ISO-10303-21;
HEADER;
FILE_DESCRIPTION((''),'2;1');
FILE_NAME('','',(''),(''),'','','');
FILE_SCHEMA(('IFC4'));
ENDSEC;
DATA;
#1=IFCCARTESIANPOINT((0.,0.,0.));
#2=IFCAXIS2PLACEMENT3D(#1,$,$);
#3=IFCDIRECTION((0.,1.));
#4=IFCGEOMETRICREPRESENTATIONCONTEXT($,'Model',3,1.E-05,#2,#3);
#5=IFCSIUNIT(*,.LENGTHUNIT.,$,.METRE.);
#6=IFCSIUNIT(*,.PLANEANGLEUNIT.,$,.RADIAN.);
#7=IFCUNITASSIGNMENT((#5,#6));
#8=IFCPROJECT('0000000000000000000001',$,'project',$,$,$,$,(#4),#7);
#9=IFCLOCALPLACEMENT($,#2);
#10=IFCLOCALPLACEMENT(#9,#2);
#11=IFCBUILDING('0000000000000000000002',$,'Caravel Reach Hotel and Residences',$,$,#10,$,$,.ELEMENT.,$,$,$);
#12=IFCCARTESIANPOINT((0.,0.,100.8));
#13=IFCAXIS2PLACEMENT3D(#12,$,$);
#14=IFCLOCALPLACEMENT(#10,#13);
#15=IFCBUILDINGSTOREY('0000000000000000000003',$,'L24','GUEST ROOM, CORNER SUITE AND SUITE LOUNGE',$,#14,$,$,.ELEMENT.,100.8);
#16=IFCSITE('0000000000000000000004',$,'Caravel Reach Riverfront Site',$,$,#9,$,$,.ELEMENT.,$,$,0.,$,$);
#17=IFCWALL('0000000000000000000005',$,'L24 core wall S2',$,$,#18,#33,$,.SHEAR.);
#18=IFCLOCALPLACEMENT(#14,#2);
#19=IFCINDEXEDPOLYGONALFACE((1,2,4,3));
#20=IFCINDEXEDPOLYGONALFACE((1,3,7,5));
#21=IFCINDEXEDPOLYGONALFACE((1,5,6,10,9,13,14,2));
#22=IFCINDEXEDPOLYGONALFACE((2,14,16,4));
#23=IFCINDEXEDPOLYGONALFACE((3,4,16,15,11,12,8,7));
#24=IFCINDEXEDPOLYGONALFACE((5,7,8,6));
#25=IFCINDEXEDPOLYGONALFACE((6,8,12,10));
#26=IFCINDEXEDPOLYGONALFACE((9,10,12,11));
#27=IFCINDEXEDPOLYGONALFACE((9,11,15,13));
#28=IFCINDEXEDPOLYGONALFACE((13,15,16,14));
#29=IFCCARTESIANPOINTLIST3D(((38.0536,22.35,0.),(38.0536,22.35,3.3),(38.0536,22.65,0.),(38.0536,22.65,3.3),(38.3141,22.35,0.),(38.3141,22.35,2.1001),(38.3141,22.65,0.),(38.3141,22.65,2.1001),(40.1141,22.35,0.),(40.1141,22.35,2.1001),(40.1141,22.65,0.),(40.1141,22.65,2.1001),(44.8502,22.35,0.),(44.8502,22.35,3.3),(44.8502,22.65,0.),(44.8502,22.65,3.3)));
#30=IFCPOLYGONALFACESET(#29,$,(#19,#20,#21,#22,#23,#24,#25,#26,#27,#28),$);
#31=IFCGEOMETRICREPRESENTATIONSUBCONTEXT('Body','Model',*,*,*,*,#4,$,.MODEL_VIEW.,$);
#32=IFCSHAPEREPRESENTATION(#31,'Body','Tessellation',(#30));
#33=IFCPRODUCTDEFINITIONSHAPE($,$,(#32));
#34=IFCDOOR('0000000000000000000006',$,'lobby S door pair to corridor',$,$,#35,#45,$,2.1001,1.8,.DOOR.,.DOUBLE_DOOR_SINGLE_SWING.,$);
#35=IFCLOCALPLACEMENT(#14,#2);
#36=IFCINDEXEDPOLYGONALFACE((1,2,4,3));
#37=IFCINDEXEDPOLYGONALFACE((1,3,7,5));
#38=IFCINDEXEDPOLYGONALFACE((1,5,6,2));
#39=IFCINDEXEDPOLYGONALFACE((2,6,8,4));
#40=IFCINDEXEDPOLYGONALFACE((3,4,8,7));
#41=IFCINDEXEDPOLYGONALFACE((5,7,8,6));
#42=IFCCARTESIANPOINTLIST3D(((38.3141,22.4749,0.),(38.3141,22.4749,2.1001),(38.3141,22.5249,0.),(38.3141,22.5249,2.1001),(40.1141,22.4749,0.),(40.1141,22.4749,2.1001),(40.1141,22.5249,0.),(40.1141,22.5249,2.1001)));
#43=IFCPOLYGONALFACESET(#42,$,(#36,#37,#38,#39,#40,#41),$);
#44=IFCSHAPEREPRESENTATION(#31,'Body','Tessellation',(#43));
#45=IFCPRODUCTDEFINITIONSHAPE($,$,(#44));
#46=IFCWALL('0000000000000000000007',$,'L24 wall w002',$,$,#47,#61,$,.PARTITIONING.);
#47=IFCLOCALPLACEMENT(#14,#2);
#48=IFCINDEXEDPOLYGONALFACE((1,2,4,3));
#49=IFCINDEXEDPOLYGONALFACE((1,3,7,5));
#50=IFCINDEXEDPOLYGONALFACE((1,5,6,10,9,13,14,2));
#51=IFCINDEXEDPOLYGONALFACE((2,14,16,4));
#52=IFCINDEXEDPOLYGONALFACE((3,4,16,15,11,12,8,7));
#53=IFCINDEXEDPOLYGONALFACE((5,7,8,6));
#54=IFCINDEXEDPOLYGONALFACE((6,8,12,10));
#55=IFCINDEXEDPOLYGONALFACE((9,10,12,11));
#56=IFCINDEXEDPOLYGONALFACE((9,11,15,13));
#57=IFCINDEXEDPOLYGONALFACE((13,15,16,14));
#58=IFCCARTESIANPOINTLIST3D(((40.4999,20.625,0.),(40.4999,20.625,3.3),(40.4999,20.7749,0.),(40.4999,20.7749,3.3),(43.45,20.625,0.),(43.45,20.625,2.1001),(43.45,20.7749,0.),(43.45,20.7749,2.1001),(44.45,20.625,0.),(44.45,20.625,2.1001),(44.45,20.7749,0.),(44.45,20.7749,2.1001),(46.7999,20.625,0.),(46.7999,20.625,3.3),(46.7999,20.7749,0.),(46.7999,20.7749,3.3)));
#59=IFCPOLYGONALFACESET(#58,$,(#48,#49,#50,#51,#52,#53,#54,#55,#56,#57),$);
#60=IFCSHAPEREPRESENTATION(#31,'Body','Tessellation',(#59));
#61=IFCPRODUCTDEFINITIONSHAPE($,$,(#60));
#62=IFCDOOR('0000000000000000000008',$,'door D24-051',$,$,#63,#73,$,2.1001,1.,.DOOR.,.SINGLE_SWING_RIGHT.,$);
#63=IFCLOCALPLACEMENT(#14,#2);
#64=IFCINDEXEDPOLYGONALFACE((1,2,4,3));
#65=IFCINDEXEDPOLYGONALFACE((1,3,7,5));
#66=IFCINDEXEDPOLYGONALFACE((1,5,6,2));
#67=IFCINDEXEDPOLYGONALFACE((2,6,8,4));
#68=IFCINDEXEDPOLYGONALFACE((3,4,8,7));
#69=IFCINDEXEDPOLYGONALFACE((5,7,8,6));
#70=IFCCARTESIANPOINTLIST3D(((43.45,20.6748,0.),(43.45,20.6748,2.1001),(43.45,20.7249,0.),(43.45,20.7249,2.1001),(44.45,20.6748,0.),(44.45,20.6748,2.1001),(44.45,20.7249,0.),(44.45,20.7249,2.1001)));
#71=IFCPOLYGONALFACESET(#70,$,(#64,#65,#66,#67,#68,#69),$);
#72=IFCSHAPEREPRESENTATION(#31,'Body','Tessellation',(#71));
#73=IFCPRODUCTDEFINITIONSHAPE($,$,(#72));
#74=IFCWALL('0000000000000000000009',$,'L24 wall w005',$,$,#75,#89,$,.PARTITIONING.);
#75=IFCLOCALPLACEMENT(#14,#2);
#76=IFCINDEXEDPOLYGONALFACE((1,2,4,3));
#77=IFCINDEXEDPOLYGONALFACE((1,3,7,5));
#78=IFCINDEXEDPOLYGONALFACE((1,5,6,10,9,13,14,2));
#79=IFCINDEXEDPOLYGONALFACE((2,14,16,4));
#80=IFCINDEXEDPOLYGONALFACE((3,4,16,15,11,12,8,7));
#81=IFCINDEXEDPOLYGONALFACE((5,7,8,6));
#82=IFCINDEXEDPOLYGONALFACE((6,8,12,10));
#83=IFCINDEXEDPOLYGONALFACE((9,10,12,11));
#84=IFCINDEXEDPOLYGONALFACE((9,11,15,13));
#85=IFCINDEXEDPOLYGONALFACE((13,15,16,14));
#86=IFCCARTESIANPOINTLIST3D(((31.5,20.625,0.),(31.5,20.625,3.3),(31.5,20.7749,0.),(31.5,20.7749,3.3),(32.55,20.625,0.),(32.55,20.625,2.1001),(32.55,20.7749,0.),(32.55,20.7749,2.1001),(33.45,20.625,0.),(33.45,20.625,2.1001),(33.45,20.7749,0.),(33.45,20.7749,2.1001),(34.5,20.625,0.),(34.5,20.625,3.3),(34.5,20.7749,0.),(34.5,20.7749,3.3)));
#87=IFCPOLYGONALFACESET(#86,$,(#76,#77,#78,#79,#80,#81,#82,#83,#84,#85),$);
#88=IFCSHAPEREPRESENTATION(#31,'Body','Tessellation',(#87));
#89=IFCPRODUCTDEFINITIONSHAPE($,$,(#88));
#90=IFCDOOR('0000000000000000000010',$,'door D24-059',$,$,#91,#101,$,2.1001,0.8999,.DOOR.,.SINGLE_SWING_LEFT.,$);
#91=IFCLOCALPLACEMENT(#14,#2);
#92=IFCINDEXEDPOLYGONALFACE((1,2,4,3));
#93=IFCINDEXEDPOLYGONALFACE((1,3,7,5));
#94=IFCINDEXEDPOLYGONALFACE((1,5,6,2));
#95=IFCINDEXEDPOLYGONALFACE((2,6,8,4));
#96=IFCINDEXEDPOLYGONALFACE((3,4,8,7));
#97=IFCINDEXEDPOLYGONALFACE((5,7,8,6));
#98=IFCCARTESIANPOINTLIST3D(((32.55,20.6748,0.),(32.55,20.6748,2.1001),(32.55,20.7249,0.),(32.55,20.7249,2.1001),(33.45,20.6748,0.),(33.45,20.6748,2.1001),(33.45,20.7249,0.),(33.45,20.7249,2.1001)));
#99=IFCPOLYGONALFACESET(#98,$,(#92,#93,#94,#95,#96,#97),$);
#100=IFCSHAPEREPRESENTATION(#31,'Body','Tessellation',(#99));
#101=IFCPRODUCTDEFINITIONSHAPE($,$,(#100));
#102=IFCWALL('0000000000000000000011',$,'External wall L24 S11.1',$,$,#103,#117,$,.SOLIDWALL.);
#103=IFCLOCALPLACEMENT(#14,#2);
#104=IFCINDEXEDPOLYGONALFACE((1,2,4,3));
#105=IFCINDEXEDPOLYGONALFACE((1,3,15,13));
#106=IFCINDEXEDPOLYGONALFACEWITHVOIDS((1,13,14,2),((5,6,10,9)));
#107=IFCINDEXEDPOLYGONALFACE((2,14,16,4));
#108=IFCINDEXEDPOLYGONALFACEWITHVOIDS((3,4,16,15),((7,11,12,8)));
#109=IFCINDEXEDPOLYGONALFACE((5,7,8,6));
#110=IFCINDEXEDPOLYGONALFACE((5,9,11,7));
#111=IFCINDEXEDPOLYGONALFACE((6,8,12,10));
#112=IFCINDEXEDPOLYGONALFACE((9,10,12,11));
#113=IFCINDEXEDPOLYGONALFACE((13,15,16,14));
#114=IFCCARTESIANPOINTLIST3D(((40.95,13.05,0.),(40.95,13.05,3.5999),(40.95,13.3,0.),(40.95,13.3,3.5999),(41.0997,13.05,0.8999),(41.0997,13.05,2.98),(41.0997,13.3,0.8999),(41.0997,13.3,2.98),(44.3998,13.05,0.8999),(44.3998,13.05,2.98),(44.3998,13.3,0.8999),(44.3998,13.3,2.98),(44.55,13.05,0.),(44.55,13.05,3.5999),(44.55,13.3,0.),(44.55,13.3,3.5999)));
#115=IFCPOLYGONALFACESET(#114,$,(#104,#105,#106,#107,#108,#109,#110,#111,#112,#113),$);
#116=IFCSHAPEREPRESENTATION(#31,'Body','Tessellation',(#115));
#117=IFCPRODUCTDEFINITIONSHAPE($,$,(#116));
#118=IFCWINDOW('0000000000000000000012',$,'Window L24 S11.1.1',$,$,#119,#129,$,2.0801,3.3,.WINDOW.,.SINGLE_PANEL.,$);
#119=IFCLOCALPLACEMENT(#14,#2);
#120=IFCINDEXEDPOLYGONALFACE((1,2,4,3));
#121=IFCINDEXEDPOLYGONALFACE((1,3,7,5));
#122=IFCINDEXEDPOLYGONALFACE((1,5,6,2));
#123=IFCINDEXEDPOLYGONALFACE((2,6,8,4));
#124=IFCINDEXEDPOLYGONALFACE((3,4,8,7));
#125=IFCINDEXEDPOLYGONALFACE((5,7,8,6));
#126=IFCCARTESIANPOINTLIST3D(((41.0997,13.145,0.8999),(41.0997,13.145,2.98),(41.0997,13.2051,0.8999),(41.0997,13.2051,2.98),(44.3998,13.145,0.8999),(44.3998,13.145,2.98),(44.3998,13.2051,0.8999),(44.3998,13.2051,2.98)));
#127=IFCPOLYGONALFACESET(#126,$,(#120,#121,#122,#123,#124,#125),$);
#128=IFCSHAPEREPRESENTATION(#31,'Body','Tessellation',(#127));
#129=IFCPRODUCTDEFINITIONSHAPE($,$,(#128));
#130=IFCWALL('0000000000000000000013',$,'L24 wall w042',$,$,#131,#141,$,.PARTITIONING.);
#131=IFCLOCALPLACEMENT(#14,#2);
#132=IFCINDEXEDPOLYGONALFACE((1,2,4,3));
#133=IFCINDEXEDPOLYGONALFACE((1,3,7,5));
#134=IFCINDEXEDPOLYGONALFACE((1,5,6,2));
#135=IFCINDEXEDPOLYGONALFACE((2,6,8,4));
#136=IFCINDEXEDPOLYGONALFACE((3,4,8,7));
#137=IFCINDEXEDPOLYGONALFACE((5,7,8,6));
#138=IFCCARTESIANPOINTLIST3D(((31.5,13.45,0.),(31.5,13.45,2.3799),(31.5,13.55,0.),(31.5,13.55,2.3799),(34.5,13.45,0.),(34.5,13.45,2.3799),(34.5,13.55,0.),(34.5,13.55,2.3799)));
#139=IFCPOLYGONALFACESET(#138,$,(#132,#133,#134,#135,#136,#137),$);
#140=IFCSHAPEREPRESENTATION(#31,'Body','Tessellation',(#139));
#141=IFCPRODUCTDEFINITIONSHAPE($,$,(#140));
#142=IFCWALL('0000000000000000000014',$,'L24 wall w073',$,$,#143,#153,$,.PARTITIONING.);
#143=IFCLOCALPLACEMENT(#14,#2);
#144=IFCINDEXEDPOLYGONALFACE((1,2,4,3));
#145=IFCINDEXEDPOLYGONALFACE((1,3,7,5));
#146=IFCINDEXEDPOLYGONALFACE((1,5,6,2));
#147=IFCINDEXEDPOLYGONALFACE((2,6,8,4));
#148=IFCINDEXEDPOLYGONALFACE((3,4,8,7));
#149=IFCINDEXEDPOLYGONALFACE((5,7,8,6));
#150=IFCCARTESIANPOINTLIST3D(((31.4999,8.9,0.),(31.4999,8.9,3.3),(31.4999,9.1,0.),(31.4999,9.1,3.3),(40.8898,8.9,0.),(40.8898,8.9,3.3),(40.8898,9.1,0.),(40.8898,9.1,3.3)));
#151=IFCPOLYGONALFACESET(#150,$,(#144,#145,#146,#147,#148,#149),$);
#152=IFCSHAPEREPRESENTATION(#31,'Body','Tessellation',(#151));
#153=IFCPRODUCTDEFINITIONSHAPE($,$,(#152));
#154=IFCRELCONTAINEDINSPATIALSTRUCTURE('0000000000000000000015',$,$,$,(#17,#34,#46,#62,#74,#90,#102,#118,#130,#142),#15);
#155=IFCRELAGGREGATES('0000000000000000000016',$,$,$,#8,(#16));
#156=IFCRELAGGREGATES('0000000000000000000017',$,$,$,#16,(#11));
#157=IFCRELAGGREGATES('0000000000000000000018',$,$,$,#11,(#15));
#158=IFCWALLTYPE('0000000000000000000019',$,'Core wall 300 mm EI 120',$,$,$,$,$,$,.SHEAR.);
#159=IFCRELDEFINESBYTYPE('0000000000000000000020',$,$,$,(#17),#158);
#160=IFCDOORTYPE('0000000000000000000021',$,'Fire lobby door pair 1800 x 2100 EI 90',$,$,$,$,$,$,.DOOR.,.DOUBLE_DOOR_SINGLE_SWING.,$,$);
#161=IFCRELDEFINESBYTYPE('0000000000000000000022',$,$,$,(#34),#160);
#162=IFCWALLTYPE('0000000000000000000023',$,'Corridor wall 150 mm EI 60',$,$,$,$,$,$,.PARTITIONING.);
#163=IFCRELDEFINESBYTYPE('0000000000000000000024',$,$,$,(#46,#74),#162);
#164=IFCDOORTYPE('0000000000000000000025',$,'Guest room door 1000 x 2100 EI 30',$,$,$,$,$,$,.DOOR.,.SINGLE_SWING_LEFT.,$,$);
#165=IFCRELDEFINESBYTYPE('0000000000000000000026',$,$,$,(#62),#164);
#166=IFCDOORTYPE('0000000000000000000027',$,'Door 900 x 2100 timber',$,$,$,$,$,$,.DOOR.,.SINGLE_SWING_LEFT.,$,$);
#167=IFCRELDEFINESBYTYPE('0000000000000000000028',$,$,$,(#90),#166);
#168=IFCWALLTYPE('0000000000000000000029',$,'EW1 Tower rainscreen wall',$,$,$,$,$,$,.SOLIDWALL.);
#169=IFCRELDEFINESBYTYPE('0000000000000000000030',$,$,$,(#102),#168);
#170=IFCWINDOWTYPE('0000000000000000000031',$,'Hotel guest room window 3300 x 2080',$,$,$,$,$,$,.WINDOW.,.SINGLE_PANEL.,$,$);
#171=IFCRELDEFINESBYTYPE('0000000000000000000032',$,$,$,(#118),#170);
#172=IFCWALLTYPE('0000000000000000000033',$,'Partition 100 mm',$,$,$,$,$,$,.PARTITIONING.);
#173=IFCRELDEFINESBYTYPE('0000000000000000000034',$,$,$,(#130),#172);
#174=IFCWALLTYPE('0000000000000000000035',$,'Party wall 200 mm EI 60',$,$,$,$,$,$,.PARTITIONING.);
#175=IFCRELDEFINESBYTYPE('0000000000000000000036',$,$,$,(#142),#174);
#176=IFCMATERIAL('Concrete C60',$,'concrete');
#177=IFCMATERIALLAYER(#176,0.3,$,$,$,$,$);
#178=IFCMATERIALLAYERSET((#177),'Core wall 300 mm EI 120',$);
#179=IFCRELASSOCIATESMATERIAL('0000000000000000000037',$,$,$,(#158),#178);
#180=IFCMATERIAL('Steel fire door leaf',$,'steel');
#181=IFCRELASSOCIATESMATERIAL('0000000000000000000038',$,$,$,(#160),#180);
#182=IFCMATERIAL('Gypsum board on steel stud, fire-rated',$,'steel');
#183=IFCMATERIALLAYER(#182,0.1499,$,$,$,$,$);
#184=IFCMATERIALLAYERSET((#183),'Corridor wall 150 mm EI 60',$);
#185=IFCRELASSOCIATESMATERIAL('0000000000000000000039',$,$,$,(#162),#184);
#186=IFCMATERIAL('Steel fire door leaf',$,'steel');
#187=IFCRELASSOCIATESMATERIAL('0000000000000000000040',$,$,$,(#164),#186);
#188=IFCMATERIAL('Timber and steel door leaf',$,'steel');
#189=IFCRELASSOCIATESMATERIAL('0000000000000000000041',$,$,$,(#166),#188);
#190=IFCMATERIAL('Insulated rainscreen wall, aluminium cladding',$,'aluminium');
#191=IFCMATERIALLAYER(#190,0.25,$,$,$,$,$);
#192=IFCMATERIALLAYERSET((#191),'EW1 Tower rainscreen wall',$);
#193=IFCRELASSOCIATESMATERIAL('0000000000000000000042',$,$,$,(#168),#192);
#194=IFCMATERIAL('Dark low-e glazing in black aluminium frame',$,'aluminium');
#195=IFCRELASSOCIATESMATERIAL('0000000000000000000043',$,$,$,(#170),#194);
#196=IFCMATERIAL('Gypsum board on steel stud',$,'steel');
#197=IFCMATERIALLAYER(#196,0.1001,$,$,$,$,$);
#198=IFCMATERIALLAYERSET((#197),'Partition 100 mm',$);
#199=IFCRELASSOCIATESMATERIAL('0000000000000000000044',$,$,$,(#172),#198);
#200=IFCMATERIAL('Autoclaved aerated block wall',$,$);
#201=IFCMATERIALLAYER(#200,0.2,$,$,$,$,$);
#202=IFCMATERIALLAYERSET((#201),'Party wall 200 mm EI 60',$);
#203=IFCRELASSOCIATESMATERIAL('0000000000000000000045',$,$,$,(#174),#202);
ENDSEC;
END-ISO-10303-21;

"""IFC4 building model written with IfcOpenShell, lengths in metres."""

from ifc_helpers import new_model, si_unit, direction, frame, frame_2d, origin, place, context, subcontext, project, spatial, rectangle, extrude, material, layer, layer_set, type_object, element, fill, save


model = new_model("IFC4")

# Units and contexts
model_context = context("Model", 3, precision=1e-05, world=origin(), true_north=direction((0.0, 1.0)))
body_context = subcontext(model_context, "Body", "Model", "MODEL_VIEW")
ifc_project = project(units=[si_unit("LENGTHUNIT", "METRE"), si_unit("PLANEANGLEUNIT", "RADIAN")], contexts=[model_context])

# Site, building, storey
site_placement = place(None, origin())
site = spatial("IfcSite", under=ifc_project, at=site_placement, Name="Caravel Reach Riverfront Site", CompositionType="ELEMENT", RefElevation=0.0)
building_placement = place(site_placement, origin())
building = spatial("IfcBuilding", under=site, at=building_placement, Name="Caravel Reach Hotel and Residences", CompositionType="ELEMENT")
storey_placement = place(building_placement, frame((0.0, 0.0, 100.8)))
storey = spatial("IfcBuildingStorey", under=building, at=storey_placement, Name="L24", Description="GUEST ROOM, CORNER SUITE AND SUITE LOUNGE", CompositionType="ELEMENT", Elevation=100.8)

# Walls, openings, doors
ifc_material_1 = material(Name="Concrete C60", Category="concrete")
ifc_layer_1 = layer(ifc_material_1, 0.3)
ifc_layer_set_1 = layer_set([ifc_layer_1], Name="Core wall 300 mm EI 120")
wall_type_1 = type_object("IfcWallType", Name="Core wall 300 mm EI 120", PredefinedType="SHEAR", material=ifc_layer_set_1)
wall_1_placement = place(storey_placement, frame((38.0535, 22.5, 0.0), z_axis=(0.0, 0.0, 1.0), x_axis=(1.0, 0.0, 0.0)))
wall_1 = element("IfcWall", 1, at=wall_1_placement, inside=storey, type_object=wall_type_1, Name="L24 core wall S2", PredefinedType="SHEAR", context=body_context, shape_type="SweptSolid", body=[
    extrude(rectangle(XDim=6.7966, YDim=0.3, at=frame_2d((3.3984, 0.0))), origin(), (0.0, 0.0, 1.0), 3.3),
])
opening_1_placement = place(wall_1_placement, frame((0.2607, 0.0, 0.0)))
opening_1 = element("IfcOpeningElement", 2, at=opening_1_placement, cuts=wall_1, PredefinedType="OPENING", context=body_context, shape_type="SweptSolid", body=[
    extrude(rectangle(XDim=1.8, YDim=2.1001, at=frame_2d((0.8999, 1.05))), frame((0.0, 0.1599, 0.0), z_axis=(0.0, -1.0, 0.0), x_axis=(1.0, 0.0, 0.0)), (0.0, 0.0, 1.0), 0.3201),
])
ifc_material_2 = material(Name="Steel fire door leaf", Category="steel")
door_type_1 = type_object("IfcDoorType", Name="Fire lobby door pair 1800 x 2100 EI 90", OperationType="DOUBLE_DOOR_SINGLE_SWING", PredefinedType="DOOR", material=ifc_material_2)
door_1_placement = place(opening_1_placement, origin())
door_1 = element("IfcDoor", 3, at=door_1_placement, inside=storey, type_object=door_type_1, Name="lobby S door pair to corridor", OperationType="DOUBLE_DOOR_SINGLE_SWING", OverallHeight=2.1001, OverallWidth=1.8, PredefinedType="DOOR", context=body_context, shape_type="SweptSolid", body=[
    extrude(rectangle(XDim=1.8, YDim=2.1001, at=frame_2d((0.8999, 1.05))), frame((0.0, 0.0249, 0.0), z_axis=(0.0, -1.0, 0.0), x_axis=(1.0, 0.0, 0.0)), (0.0, 0.0, 1.0), 0.05),
])
fill(opening_1, door_1)
ifc_material_3 = material(Name="Gypsum board on steel stud, fire-rated", Category="steel")
ifc_layer_2 = layer(ifc_material_3, 0.1499)
ifc_layer_set_2 = layer_set([ifc_layer_2], Name="Corridor wall 150 mm EI 60")
wall_type_2 = type_object("IfcWallType", Name="Corridor wall 150 mm EI 60", PredefinedType="PARTITIONING", material=ifc_layer_set_2)
wall_2_placement = place(storey_placement, frame((40.5, 20.7, 0.0), z_axis=(0.0, 0.0, 1.0), x_axis=(1.0, 0.0, 0.0)))
wall_2 = element("IfcWall", 4, at=wall_2_placement, inside=storey, type_object=wall_type_2, Name="L24 wall w002", PredefinedType="PARTITIONING", context=body_context, shape_type="SweptSolid", body=[
    extrude(rectangle(XDim=6.3, YDim=0.1499, at=frame_2d((3.1499, 0.0))), origin(), (0.0, 0.0, 1.0), 3.3),
])
opening_2_placement = place(wall_2_placement, frame((2.95, 0.0, 0.0)))
opening_2 = element("IfcOpeningElement", 5, at=opening_2_placement, cuts=wall_2, PredefinedType="OPENING", context=body_context, shape_type="SweptSolid", body=[
    extrude(rectangle(XDim=1.0, YDim=2.1001, at=frame_2d((0.5, 1.05))), frame((0.0, 0.085, 0.0), z_axis=(0.0, -1.0, 0.0), x_axis=(1.0, 0.0, 0.0)), (0.0, 0.0, 1.0), 0.1699),
])
ifc_material_4 = material(Name="Steel fire door leaf", Category="steel")
door_type_2 = type_object("IfcDoorType", Name="Guest room door 1000 x 2100 EI 30", OperationType="SINGLE_SWING_LEFT", PredefinedType="DOOR", material=ifc_material_4)
door_2_placement = place(opening_2_placement, origin())
door_2 = element("IfcDoor", 6, at=door_2_placement, inside=storey, type_object=door_type_2, Name="door D24-051", OperationType="SINGLE_SWING_RIGHT", OverallHeight=2.1001, OverallWidth=1.0, PredefinedType="DOOR", context=body_context, shape_type="SweptSolid", body=[
    extrude(rectangle(XDim=1.0, YDim=2.1001, at=frame_2d((0.5, 1.05))), frame((0.0, 0.0249, 0.0), z_axis=(0.0, -1.0, 0.0), x_axis=(1.0, 0.0, 0.0)), (0.0, 0.0, 1.0), 0.05),
])
fill(opening_2, door_2)
wall_3_placement = place(storey_placement, frame((31.5, 20.7, 0.0), z_axis=(0.0, 0.0, 1.0), x_axis=(1.0, 0.0, 0.0)))
wall_3 = element("IfcWall", 7, at=wall_3_placement, inside=storey, type_object=wall_type_2, Name="L24 wall w005", PredefinedType="PARTITIONING", context=body_context, shape_type="SweptSolid", body=[
    extrude(rectangle(XDim=3.0, YDim=0.1499, at=frame_2d((1.5, 0.0))), origin(), (0.0, 0.0, 1.0), 3.3),
])
opening_3_placement = place(wall_3_placement, frame((1.05, 0.0, 0.0)))
opening_3 = element("IfcOpeningElement", 8, at=opening_3_placement, cuts=wall_3, PredefinedType="OPENING", context=body_context, shape_type="SweptSolid", body=[
    extrude(rectangle(XDim=0.8999, YDim=2.1001, at=frame_2d((0.45, 1.05))), frame((0.0, 0.085, 0.0), z_axis=(0.0, -1.0, 0.0), x_axis=(1.0, 0.0, 0.0)), (0.0, 0.0, 1.0), 0.1699),
])
ifc_material_5 = material(Name="Timber and steel door leaf", Category="steel")
door_type_3 = type_object("IfcDoorType", Name="Door 900 x 2100 timber", OperationType="SINGLE_SWING_LEFT", PredefinedType="DOOR", material=ifc_material_5)
door_3_placement = place(opening_3_placement, origin())
door_3 = element("IfcDoor", 9, at=door_3_placement, inside=storey, type_object=door_type_3, Name="door D24-059", OperationType="SINGLE_SWING_LEFT", OverallHeight=2.1001, OverallWidth=0.8999, PredefinedType="DOOR", context=body_context, shape_type="SweptSolid", body=[
    extrude(rectangle(XDim=0.8999, YDim=2.1001, at=frame_2d((0.45, 1.05))), frame((0.0, 0.0249, 0.0), z_axis=(0.0, -1.0, 0.0), x_axis=(1.0, 0.0, 0.0)), (0.0, 0.0, 1.0), 0.05),
])
fill(opening_3, door_3)

# Wall, opening, window
ifc_material_6 = material(Name="Insulated rainscreen wall, aluminium cladding", Category="aluminium")
ifc_layer_3 = layer(ifc_material_6, 0.25)
ifc_layer_set_3 = layer_set([ifc_layer_3], Name="EW1 Tower rainscreen wall")
wall_type_3 = type_object("IfcWallType", Name="EW1 Tower rainscreen wall", PredefinedType="SOLIDWALL", material=ifc_layer_set_3)
wall_4_placement = place(storey_placement, frame((40.95, 13.175, 0.0), z_axis=(0.0, 0.0, 1.0), x_axis=(1.0, 0.0, 0.0)))
wall_4 = element("IfcWall", 10, at=wall_4_placement, inside=storey, type_object=wall_type_3, Name="External wall L24 S11.1", PredefinedType="SOLIDWALL", context=body_context, shape_type="SweptSolid", body=[
    extrude(rectangle(XDim=3.6001, YDim=0.25, at=frame_2d((1.8, 0.0))), origin(), (0.0, 0.0, 1.0), 3.5999),
])
opening_4_placement = place(wall_4_placement, frame((0.1499, 0.0, 0.8999)))
opening_4 = element("IfcOpeningElement", 11, at=opening_4_placement, cuts=wall_4, PredefinedType="OPENING", context=body_context, shape_type="SweptSolid", body=[
    extrude(rectangle(XDim=3.3, YDim=2.0801, at=frame_2d((1.6499, 1.04))), frame((0.0, 0.135, 0.0), z_axis=(0.0, -1.0, 0.0), x_axis=(1.0, 0.0, 0.0)), (0.0, 0.0, 1.0), 0.27),
])
ifc_material_7 = material(Name="Dark low-e glazing in black aluminium frame", Category="aluminium")
window_type = type_object("IfcWindowType", Name="Hotel guest room window 3300 x 2080", PartitioningType="SINGLE_PANEL", PredefinedType="WINDOW", material=ifc_material_7)
window_placement = place(opening_4_placement, origin())
window = element("IfcWindow", 12, at=window_placement, inside=storey, type_object=window_type, Name="Window L24 S11.1.1", OverallHeight=2.0801, OverallWidth=3.3, PartitioningType="SINGLE_PANEL", PredefinedType="WINDOW", context=body_context, shape_type="SweptSolid", body=[
    extrude(rectangle(XDim=3.3, YDim=2.0801, at=frame_2d((1.6499, 1.04))), frame((0.0, 0.03, 0.0), z_axis=(0.0, -1.0, 0.0), x_axis=(1.0, 0.0, 0.0)), (0.0, 0.0, 1.0), 0.0601),
])
fill(opening_4, window)

# Walls
ifc_material_8 = material(Name="Gypsum board on steel stud", Category="steel")
ifc_layer_4 = layer(ifc_material_8, 0.1001)
ifc_layer_set_4 = layer_set([ifc_layer_4], Name="Partition 100 mm")
wall_type_4 = type_object("IfcWallType", Name="Partition 100 mm", PredefinedType="PARTITIONING", material=ifc_layer_set_4)
wall_5_placement = place(storey_placement, frame((31.5, 13.5, 0.0), z_axis=(0.0, 0.0, 1.0), x_axis=(1.0, 0.0, 0.0)))
element("IfcWall", 13, at=wall_5_placement, inside=storey, type_object=wall_type_4, Name="L24 wall w042", PredefinedType="PARTITIONING", context=body_context, shape_type="SweptSolid", body=[
    extrude(rectangle(XDim=3.0, YDim=0.1001, at=frame_2d((1.5, 0.0))), origin(), (0.0, 0.0, 1.0), 2.3799),
])
ifc_material_9 = material(Name="Autoclaved aerated block wall")
ifc_layer_5 = layer(ifc_material_9, 0.2)
ifc_layer_set_5 = layer_set([ifc_layer_5], Name="Party wall 200 mm EI 60")
wall_type_5 = type_object("IfcWallType", Name="Party wall 200 mm EI 60", PredefinedType="PARTITIONING", material=ifc_layer_set_5)
wall_6_placement = place(storey_placement, frame((31.5, 9.0, 0.0), z_axis=(0.0, 0.0, 1.0), x_axis=(1.0, 0.0, 0.0)))
element("IfcWall", 14, at=wall_6_placement, inside=storey, type_object=wall_type_5, Name="L24 wall w073", PredefinedType="PARTITIONING", context=body_context, shape_type="SweptSolid", body=[
    extrude(rectangle(XDim=9.3899, YDim=0.2, at=frame_2d((4.6948, 0.0))), origin(), (0.0, 0.0, 1.0), 3.3),
])

save(model, "model.ifc")
